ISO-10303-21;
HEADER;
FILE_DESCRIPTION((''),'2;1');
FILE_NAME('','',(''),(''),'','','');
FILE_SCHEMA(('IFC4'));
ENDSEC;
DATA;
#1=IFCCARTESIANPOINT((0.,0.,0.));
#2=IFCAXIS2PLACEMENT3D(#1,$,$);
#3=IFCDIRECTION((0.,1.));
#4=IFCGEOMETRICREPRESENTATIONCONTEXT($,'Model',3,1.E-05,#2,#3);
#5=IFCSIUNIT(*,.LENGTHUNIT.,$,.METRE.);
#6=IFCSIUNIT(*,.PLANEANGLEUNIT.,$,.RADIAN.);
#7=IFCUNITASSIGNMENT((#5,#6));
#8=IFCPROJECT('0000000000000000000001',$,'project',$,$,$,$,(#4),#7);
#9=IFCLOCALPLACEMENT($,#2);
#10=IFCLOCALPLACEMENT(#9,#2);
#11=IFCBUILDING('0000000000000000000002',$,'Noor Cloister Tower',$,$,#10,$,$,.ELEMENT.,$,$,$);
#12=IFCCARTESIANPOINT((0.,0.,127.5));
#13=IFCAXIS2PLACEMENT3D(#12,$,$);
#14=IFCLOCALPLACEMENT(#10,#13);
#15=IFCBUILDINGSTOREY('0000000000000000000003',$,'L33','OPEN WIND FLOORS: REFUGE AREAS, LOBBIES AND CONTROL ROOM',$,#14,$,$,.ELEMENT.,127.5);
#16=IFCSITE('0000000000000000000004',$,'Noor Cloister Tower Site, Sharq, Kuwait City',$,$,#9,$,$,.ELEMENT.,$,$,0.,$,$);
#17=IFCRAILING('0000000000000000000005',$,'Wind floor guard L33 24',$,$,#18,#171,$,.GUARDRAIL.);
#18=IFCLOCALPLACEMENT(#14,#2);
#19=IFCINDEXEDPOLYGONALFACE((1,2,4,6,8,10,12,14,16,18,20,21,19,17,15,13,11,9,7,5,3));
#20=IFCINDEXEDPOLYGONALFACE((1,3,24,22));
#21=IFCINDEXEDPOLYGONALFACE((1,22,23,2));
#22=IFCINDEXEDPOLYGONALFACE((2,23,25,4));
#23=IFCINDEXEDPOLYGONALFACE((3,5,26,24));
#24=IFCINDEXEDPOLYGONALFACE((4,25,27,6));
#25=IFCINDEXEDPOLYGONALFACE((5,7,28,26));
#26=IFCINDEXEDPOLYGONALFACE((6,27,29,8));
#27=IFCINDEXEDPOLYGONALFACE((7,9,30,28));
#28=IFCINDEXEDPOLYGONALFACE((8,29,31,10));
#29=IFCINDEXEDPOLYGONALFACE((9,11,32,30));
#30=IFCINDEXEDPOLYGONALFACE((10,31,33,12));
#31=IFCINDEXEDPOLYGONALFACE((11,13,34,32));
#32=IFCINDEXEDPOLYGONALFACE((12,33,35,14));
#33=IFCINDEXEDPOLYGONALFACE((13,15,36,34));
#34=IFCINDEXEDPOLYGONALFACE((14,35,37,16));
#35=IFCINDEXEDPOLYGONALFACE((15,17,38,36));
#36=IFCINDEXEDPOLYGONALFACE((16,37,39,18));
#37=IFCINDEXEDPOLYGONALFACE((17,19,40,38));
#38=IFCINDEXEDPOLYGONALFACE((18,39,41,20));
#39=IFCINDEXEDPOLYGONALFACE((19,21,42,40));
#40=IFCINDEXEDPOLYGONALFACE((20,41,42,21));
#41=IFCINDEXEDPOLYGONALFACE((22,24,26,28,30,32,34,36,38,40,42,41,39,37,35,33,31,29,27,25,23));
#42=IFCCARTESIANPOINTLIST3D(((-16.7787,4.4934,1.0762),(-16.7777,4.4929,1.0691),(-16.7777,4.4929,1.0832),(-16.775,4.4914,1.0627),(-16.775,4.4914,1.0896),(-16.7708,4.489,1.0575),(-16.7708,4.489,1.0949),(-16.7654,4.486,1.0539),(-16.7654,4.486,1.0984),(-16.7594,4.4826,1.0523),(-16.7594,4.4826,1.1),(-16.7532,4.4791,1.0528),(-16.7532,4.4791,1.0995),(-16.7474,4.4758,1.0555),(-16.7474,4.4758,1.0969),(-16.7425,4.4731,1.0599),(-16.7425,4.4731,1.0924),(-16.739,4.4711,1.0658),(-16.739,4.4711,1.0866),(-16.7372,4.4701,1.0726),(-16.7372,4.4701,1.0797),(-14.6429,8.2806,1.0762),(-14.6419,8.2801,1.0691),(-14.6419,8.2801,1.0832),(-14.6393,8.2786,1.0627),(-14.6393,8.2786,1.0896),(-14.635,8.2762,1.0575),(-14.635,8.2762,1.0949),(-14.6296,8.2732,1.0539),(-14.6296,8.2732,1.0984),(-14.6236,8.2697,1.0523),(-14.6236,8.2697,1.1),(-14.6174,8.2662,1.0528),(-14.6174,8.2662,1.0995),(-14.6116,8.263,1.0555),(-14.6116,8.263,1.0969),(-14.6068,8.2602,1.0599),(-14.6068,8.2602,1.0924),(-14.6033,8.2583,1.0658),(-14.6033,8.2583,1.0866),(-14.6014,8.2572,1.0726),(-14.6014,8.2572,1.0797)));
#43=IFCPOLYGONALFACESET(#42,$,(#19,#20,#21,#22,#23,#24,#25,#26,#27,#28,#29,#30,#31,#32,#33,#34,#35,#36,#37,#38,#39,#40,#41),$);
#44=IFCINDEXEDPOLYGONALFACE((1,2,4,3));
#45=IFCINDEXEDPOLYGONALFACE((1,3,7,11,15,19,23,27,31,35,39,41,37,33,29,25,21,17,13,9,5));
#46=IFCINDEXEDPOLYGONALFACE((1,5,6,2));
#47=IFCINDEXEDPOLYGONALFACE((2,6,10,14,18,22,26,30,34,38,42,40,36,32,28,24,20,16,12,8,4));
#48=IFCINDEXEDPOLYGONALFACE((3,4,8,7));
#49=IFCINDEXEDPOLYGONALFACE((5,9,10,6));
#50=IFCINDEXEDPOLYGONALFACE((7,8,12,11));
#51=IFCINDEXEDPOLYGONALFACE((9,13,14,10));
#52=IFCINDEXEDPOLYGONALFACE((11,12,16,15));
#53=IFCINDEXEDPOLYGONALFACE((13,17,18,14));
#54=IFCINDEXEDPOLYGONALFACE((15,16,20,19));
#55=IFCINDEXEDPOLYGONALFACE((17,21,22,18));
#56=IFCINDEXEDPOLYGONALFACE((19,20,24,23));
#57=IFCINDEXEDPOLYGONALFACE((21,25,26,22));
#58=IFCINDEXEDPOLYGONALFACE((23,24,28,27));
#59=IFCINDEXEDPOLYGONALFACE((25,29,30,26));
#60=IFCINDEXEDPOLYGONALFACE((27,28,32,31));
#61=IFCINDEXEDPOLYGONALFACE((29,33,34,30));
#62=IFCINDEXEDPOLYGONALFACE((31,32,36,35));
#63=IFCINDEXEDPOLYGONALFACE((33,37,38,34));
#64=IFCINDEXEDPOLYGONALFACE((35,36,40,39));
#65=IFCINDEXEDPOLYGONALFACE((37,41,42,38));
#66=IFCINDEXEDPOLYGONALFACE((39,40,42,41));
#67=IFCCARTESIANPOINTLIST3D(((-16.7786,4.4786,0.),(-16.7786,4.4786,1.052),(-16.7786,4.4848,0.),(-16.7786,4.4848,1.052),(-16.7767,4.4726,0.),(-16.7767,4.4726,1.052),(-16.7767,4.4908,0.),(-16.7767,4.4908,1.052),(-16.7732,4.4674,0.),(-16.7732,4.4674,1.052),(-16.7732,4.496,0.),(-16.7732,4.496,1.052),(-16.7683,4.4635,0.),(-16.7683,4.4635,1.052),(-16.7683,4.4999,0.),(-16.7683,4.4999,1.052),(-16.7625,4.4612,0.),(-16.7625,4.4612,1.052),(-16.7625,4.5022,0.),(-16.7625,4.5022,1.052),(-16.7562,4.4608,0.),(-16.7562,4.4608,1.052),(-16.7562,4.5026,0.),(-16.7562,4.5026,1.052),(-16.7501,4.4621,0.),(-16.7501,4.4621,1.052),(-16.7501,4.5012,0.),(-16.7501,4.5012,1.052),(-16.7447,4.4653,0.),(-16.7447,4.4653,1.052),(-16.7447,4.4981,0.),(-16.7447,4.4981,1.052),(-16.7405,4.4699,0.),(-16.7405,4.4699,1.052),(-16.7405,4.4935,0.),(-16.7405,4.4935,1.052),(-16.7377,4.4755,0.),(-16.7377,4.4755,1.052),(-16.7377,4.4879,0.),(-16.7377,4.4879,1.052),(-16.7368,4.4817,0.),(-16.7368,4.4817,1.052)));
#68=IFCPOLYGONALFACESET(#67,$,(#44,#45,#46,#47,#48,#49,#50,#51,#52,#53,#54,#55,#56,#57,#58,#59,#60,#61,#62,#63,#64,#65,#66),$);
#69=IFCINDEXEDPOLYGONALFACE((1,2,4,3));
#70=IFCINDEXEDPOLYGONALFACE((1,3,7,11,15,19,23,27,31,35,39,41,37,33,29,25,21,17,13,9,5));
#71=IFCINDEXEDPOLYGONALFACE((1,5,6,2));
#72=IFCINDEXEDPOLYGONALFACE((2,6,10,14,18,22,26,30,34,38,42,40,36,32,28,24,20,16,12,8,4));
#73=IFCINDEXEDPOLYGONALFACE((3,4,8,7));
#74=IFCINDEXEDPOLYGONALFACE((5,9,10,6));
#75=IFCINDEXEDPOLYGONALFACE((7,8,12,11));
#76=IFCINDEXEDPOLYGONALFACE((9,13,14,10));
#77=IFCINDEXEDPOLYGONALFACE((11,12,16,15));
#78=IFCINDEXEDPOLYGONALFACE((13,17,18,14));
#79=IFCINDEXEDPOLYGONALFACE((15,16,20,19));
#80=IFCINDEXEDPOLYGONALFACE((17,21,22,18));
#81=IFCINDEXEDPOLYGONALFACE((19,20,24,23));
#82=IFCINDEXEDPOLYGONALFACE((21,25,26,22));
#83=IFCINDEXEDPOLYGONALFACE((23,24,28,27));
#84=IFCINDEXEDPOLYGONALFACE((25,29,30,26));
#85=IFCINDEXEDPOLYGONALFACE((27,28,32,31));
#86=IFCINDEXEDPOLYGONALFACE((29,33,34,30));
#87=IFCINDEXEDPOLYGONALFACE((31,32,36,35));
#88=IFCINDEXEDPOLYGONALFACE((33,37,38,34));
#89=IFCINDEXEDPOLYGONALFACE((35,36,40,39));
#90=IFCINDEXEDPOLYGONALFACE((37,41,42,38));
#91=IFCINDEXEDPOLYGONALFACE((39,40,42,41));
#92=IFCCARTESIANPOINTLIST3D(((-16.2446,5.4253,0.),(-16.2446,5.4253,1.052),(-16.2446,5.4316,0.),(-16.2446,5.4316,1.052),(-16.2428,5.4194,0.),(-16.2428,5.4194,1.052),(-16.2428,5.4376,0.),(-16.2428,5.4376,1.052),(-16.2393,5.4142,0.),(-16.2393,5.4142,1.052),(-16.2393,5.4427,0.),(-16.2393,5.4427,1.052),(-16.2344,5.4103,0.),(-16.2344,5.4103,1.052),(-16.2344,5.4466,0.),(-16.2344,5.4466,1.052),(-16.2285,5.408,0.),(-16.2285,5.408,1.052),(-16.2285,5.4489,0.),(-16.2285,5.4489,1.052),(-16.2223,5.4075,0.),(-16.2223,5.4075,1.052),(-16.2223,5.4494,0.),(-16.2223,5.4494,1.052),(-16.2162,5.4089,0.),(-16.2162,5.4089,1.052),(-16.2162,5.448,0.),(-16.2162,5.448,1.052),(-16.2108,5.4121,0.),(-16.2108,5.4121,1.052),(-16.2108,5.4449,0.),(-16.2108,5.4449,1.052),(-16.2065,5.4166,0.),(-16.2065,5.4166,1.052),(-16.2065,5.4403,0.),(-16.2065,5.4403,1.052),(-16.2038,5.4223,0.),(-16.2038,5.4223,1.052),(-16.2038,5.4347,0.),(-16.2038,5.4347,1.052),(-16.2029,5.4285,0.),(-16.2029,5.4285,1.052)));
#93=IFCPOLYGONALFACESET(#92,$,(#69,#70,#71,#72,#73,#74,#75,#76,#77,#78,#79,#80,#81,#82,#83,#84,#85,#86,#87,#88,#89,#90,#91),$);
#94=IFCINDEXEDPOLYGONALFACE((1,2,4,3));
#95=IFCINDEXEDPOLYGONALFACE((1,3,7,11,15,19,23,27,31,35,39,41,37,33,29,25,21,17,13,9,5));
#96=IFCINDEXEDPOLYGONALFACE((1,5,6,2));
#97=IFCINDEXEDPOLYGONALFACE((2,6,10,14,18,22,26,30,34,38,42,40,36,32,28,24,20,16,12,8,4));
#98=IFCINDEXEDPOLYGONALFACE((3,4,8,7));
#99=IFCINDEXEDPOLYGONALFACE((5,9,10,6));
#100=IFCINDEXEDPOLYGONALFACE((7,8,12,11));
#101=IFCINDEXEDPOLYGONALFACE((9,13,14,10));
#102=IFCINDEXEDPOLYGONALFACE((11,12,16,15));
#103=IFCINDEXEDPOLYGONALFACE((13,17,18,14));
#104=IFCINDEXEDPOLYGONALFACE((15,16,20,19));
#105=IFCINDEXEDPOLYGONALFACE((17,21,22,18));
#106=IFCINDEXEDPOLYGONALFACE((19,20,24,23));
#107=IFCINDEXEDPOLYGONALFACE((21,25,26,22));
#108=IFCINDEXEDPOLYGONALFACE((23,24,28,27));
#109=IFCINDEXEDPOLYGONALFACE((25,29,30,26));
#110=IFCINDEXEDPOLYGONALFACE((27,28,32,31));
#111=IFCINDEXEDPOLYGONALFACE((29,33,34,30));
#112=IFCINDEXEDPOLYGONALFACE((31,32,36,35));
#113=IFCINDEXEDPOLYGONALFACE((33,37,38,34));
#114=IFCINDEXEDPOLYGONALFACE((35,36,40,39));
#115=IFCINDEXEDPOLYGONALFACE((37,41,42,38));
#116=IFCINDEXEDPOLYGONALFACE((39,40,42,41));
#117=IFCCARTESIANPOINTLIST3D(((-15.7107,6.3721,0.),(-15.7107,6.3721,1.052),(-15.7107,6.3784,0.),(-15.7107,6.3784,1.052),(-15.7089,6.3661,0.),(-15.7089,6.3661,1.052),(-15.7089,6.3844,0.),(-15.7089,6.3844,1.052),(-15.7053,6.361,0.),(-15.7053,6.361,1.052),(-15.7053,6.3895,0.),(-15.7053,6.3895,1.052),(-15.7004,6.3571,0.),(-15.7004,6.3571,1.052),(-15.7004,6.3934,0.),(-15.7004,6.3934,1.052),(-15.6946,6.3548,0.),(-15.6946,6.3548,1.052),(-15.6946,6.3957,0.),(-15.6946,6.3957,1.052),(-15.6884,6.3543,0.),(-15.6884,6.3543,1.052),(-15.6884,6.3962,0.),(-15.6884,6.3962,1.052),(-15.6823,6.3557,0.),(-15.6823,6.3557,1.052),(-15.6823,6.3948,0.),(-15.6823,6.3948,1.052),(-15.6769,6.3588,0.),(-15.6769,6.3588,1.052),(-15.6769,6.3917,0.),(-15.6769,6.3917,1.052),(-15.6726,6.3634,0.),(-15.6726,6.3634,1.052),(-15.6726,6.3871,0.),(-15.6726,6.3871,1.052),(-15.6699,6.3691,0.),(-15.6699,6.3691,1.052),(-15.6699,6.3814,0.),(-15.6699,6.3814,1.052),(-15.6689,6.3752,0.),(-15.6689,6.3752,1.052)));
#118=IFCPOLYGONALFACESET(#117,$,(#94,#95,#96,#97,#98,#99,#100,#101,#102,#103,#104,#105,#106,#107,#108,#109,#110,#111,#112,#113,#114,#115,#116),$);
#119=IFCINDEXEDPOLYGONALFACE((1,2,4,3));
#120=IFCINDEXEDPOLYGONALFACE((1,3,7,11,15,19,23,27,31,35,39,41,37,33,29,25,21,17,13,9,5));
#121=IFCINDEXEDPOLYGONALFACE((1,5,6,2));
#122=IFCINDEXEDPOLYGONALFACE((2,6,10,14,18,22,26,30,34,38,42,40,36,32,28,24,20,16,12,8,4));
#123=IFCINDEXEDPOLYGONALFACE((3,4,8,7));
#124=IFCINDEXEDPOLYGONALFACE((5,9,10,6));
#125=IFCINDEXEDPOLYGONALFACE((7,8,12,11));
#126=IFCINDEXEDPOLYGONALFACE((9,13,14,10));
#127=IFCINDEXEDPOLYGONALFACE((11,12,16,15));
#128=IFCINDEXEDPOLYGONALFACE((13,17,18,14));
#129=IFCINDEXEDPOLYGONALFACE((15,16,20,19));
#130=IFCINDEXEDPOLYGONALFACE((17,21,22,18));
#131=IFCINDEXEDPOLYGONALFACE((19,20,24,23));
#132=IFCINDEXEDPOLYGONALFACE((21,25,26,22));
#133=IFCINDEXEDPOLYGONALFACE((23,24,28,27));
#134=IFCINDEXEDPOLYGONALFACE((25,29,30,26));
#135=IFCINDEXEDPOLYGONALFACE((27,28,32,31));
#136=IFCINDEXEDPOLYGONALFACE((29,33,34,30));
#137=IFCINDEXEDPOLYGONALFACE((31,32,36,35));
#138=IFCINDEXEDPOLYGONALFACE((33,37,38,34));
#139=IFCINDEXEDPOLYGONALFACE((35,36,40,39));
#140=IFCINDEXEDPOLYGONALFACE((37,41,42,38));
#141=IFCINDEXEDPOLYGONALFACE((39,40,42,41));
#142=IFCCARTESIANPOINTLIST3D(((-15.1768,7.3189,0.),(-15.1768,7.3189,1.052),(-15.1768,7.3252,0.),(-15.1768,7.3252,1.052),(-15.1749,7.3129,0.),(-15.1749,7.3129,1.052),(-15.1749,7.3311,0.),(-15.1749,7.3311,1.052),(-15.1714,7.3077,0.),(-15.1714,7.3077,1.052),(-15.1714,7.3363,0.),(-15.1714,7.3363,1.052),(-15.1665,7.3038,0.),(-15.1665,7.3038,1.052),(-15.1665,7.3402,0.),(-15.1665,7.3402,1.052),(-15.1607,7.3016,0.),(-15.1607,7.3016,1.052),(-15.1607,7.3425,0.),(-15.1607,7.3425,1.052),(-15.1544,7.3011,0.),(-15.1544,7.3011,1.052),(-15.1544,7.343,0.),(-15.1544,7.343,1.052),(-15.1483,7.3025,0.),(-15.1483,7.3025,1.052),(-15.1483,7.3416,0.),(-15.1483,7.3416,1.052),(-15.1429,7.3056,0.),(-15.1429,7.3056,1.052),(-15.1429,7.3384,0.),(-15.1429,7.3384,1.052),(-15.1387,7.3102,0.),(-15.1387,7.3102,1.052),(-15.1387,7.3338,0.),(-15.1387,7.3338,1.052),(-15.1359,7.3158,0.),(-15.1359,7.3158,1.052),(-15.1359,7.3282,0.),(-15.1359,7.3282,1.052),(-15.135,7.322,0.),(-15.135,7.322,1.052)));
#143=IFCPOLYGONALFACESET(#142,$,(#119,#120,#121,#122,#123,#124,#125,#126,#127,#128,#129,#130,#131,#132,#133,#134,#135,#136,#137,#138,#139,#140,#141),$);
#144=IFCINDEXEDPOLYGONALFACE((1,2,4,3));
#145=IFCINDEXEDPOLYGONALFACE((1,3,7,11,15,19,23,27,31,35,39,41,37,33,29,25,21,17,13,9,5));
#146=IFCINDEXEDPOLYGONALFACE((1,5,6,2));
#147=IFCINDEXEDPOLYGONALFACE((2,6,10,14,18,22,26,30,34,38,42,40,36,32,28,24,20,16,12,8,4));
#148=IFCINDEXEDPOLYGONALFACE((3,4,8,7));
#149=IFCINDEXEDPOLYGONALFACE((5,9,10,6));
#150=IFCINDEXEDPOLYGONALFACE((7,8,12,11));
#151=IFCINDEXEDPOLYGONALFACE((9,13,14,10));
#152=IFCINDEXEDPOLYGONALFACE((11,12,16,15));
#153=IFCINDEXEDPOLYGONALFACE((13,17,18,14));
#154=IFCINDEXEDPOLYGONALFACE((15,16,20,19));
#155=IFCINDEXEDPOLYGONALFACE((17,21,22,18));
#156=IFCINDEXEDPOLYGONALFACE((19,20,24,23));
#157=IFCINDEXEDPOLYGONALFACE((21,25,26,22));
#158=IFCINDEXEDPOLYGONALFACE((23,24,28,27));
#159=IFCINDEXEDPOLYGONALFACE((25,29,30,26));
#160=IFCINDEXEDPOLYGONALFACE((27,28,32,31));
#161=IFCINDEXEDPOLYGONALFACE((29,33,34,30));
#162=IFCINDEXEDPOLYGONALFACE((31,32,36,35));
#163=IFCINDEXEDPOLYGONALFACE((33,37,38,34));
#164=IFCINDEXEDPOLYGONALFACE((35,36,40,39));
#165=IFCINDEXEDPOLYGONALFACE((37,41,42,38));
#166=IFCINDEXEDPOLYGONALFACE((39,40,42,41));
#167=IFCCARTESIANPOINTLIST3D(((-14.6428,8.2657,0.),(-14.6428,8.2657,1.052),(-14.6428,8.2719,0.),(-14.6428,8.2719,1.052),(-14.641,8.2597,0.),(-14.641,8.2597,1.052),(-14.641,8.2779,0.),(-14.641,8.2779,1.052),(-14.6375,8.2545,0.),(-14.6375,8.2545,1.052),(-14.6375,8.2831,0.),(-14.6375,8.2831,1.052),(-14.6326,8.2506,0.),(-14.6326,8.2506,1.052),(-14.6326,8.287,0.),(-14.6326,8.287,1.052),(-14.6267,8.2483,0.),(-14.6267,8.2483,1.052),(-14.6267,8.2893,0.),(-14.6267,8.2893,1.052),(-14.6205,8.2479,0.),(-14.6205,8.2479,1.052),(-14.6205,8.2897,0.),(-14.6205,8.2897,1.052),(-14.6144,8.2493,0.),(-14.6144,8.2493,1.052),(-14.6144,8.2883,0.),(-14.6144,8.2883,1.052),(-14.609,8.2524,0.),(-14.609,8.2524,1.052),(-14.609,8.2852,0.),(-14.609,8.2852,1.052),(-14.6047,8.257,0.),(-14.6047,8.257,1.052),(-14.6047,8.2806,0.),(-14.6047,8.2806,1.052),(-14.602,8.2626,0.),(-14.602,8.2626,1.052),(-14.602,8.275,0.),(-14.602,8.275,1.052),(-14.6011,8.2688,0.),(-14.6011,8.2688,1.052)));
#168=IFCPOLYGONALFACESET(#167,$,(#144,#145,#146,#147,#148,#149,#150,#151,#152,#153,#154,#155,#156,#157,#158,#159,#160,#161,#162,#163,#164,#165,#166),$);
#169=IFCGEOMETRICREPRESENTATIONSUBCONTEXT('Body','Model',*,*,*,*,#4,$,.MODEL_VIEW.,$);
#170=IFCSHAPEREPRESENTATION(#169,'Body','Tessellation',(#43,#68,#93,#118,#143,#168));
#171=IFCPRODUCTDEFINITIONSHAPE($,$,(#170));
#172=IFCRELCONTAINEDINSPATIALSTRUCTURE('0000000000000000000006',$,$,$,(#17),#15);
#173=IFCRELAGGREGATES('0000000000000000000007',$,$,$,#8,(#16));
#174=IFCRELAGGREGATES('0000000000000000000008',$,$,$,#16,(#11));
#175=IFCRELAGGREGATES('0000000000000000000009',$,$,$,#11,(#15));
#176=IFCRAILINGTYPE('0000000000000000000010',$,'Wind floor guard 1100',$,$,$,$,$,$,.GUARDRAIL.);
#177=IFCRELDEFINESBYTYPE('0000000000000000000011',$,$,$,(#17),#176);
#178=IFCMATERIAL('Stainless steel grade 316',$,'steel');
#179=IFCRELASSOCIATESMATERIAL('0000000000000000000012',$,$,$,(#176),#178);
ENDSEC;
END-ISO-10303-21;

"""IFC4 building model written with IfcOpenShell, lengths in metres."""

from ifc_helpers import new_model, si_unit, direction, frame, origin, origin_2d, place, context, subcontext, project, spatial, circle, extrude, material, type_object, element, save


model = new_model("IFC4")

# Units and contexts
model_context = context("Model", 3, precision=1e-05, world=origin(), true_north=direction((0.0, 1.0)))
body_context = subcontext(model_context, "Body", "Model", "MODEL_VIEW")
ifc_project = project(units=[si_unit("LENGTHUNIT", "METRE"), si_unit("PLANEANGLEUNIT", "RADIAN")], contexts=[model_context])

# Site, building, storey
site_placement = place(None, origin())
site = spatial("IfcSite", under=ifc_project, at=site_placement, Name="Noor Cloister Tower Site, Sharq, Kuwait City", CompositionType="ELEMENT", RefElevation=0.0)
building_placement = place(site_placement, origin())
building = spatial("IfcBuilding", under=site, at=building_placement, Name="Noor Cloister Tower", CompositionType="ELEMENT")
storey_placement = place(building_placement, frame((0.0, 0.0, 127.5)))
storey = spatial("IfcBuildingStorey", under=building, at=storey_placement, Name="L33", Description="OPEN WIND FLOORS: REFUGE AREAS, LOBBIES AND CONTROL ROOM", CompositionType="ELEMENT", Elevation=127.5)

# Railing
ifc_material_1 = material(Name="Stainless steel grade 316", Category="steel")
railing_type = type_object("IfcRailingType", Name="Wind floor guard 1100", PredefinedType="GUARDRAIL", material=ifc_material_1)
railing_1_placement = place(storey_placement, frame((-16.7578, 4.4817, 0.0)))
element("IfcRailing", 1, at=railing_1_placement, inside=storey, type_object=railing_type, Name="Wind floor guard L33 24", PredefinedType="GUARDRAIL", context=body_context, shape_type="SweptSolid", body=[
    extrude(circle(Radius=0.0239, at=origin_2d()), frame((0.0, 0.0, 1.0762), z_axis=(0.491221, 0.871035, 0.0), x_axis=(-0.871035, 0.491221, 0.0)), (0.0, 0.0, 1.0), 4.3479),
    extrude(circle(Radius=0.021, at=origin_2d()), origin(), (0.0, 0.0, 1.0), 1.052),
    extrude(circle(Radius=0.021, at=origin_2d()), frame((0.5339, 0.9468, 0.0)), (0.0, 0.0, 1.0), 1.052),
    extrude(circle(Radius=0.021, at=origin_2d()), frame((1.0679, 1.8936, 0.0)), (0.0, 0.0, 1.0), 1.052),
    extrude(circle(Radius=0.021, at=origin_2d()), frame((1.6018, 2.8403, 0.0)), (0.0, 0.0, 1.0), 1.052),
    extrude(circle(Radius=0.021, at=origin_2d()), frame((2.1357, 3.7871, 0.0)), (0.0, 0.0, 1.0), 1.052),
])

save(model, "model.ifc")
